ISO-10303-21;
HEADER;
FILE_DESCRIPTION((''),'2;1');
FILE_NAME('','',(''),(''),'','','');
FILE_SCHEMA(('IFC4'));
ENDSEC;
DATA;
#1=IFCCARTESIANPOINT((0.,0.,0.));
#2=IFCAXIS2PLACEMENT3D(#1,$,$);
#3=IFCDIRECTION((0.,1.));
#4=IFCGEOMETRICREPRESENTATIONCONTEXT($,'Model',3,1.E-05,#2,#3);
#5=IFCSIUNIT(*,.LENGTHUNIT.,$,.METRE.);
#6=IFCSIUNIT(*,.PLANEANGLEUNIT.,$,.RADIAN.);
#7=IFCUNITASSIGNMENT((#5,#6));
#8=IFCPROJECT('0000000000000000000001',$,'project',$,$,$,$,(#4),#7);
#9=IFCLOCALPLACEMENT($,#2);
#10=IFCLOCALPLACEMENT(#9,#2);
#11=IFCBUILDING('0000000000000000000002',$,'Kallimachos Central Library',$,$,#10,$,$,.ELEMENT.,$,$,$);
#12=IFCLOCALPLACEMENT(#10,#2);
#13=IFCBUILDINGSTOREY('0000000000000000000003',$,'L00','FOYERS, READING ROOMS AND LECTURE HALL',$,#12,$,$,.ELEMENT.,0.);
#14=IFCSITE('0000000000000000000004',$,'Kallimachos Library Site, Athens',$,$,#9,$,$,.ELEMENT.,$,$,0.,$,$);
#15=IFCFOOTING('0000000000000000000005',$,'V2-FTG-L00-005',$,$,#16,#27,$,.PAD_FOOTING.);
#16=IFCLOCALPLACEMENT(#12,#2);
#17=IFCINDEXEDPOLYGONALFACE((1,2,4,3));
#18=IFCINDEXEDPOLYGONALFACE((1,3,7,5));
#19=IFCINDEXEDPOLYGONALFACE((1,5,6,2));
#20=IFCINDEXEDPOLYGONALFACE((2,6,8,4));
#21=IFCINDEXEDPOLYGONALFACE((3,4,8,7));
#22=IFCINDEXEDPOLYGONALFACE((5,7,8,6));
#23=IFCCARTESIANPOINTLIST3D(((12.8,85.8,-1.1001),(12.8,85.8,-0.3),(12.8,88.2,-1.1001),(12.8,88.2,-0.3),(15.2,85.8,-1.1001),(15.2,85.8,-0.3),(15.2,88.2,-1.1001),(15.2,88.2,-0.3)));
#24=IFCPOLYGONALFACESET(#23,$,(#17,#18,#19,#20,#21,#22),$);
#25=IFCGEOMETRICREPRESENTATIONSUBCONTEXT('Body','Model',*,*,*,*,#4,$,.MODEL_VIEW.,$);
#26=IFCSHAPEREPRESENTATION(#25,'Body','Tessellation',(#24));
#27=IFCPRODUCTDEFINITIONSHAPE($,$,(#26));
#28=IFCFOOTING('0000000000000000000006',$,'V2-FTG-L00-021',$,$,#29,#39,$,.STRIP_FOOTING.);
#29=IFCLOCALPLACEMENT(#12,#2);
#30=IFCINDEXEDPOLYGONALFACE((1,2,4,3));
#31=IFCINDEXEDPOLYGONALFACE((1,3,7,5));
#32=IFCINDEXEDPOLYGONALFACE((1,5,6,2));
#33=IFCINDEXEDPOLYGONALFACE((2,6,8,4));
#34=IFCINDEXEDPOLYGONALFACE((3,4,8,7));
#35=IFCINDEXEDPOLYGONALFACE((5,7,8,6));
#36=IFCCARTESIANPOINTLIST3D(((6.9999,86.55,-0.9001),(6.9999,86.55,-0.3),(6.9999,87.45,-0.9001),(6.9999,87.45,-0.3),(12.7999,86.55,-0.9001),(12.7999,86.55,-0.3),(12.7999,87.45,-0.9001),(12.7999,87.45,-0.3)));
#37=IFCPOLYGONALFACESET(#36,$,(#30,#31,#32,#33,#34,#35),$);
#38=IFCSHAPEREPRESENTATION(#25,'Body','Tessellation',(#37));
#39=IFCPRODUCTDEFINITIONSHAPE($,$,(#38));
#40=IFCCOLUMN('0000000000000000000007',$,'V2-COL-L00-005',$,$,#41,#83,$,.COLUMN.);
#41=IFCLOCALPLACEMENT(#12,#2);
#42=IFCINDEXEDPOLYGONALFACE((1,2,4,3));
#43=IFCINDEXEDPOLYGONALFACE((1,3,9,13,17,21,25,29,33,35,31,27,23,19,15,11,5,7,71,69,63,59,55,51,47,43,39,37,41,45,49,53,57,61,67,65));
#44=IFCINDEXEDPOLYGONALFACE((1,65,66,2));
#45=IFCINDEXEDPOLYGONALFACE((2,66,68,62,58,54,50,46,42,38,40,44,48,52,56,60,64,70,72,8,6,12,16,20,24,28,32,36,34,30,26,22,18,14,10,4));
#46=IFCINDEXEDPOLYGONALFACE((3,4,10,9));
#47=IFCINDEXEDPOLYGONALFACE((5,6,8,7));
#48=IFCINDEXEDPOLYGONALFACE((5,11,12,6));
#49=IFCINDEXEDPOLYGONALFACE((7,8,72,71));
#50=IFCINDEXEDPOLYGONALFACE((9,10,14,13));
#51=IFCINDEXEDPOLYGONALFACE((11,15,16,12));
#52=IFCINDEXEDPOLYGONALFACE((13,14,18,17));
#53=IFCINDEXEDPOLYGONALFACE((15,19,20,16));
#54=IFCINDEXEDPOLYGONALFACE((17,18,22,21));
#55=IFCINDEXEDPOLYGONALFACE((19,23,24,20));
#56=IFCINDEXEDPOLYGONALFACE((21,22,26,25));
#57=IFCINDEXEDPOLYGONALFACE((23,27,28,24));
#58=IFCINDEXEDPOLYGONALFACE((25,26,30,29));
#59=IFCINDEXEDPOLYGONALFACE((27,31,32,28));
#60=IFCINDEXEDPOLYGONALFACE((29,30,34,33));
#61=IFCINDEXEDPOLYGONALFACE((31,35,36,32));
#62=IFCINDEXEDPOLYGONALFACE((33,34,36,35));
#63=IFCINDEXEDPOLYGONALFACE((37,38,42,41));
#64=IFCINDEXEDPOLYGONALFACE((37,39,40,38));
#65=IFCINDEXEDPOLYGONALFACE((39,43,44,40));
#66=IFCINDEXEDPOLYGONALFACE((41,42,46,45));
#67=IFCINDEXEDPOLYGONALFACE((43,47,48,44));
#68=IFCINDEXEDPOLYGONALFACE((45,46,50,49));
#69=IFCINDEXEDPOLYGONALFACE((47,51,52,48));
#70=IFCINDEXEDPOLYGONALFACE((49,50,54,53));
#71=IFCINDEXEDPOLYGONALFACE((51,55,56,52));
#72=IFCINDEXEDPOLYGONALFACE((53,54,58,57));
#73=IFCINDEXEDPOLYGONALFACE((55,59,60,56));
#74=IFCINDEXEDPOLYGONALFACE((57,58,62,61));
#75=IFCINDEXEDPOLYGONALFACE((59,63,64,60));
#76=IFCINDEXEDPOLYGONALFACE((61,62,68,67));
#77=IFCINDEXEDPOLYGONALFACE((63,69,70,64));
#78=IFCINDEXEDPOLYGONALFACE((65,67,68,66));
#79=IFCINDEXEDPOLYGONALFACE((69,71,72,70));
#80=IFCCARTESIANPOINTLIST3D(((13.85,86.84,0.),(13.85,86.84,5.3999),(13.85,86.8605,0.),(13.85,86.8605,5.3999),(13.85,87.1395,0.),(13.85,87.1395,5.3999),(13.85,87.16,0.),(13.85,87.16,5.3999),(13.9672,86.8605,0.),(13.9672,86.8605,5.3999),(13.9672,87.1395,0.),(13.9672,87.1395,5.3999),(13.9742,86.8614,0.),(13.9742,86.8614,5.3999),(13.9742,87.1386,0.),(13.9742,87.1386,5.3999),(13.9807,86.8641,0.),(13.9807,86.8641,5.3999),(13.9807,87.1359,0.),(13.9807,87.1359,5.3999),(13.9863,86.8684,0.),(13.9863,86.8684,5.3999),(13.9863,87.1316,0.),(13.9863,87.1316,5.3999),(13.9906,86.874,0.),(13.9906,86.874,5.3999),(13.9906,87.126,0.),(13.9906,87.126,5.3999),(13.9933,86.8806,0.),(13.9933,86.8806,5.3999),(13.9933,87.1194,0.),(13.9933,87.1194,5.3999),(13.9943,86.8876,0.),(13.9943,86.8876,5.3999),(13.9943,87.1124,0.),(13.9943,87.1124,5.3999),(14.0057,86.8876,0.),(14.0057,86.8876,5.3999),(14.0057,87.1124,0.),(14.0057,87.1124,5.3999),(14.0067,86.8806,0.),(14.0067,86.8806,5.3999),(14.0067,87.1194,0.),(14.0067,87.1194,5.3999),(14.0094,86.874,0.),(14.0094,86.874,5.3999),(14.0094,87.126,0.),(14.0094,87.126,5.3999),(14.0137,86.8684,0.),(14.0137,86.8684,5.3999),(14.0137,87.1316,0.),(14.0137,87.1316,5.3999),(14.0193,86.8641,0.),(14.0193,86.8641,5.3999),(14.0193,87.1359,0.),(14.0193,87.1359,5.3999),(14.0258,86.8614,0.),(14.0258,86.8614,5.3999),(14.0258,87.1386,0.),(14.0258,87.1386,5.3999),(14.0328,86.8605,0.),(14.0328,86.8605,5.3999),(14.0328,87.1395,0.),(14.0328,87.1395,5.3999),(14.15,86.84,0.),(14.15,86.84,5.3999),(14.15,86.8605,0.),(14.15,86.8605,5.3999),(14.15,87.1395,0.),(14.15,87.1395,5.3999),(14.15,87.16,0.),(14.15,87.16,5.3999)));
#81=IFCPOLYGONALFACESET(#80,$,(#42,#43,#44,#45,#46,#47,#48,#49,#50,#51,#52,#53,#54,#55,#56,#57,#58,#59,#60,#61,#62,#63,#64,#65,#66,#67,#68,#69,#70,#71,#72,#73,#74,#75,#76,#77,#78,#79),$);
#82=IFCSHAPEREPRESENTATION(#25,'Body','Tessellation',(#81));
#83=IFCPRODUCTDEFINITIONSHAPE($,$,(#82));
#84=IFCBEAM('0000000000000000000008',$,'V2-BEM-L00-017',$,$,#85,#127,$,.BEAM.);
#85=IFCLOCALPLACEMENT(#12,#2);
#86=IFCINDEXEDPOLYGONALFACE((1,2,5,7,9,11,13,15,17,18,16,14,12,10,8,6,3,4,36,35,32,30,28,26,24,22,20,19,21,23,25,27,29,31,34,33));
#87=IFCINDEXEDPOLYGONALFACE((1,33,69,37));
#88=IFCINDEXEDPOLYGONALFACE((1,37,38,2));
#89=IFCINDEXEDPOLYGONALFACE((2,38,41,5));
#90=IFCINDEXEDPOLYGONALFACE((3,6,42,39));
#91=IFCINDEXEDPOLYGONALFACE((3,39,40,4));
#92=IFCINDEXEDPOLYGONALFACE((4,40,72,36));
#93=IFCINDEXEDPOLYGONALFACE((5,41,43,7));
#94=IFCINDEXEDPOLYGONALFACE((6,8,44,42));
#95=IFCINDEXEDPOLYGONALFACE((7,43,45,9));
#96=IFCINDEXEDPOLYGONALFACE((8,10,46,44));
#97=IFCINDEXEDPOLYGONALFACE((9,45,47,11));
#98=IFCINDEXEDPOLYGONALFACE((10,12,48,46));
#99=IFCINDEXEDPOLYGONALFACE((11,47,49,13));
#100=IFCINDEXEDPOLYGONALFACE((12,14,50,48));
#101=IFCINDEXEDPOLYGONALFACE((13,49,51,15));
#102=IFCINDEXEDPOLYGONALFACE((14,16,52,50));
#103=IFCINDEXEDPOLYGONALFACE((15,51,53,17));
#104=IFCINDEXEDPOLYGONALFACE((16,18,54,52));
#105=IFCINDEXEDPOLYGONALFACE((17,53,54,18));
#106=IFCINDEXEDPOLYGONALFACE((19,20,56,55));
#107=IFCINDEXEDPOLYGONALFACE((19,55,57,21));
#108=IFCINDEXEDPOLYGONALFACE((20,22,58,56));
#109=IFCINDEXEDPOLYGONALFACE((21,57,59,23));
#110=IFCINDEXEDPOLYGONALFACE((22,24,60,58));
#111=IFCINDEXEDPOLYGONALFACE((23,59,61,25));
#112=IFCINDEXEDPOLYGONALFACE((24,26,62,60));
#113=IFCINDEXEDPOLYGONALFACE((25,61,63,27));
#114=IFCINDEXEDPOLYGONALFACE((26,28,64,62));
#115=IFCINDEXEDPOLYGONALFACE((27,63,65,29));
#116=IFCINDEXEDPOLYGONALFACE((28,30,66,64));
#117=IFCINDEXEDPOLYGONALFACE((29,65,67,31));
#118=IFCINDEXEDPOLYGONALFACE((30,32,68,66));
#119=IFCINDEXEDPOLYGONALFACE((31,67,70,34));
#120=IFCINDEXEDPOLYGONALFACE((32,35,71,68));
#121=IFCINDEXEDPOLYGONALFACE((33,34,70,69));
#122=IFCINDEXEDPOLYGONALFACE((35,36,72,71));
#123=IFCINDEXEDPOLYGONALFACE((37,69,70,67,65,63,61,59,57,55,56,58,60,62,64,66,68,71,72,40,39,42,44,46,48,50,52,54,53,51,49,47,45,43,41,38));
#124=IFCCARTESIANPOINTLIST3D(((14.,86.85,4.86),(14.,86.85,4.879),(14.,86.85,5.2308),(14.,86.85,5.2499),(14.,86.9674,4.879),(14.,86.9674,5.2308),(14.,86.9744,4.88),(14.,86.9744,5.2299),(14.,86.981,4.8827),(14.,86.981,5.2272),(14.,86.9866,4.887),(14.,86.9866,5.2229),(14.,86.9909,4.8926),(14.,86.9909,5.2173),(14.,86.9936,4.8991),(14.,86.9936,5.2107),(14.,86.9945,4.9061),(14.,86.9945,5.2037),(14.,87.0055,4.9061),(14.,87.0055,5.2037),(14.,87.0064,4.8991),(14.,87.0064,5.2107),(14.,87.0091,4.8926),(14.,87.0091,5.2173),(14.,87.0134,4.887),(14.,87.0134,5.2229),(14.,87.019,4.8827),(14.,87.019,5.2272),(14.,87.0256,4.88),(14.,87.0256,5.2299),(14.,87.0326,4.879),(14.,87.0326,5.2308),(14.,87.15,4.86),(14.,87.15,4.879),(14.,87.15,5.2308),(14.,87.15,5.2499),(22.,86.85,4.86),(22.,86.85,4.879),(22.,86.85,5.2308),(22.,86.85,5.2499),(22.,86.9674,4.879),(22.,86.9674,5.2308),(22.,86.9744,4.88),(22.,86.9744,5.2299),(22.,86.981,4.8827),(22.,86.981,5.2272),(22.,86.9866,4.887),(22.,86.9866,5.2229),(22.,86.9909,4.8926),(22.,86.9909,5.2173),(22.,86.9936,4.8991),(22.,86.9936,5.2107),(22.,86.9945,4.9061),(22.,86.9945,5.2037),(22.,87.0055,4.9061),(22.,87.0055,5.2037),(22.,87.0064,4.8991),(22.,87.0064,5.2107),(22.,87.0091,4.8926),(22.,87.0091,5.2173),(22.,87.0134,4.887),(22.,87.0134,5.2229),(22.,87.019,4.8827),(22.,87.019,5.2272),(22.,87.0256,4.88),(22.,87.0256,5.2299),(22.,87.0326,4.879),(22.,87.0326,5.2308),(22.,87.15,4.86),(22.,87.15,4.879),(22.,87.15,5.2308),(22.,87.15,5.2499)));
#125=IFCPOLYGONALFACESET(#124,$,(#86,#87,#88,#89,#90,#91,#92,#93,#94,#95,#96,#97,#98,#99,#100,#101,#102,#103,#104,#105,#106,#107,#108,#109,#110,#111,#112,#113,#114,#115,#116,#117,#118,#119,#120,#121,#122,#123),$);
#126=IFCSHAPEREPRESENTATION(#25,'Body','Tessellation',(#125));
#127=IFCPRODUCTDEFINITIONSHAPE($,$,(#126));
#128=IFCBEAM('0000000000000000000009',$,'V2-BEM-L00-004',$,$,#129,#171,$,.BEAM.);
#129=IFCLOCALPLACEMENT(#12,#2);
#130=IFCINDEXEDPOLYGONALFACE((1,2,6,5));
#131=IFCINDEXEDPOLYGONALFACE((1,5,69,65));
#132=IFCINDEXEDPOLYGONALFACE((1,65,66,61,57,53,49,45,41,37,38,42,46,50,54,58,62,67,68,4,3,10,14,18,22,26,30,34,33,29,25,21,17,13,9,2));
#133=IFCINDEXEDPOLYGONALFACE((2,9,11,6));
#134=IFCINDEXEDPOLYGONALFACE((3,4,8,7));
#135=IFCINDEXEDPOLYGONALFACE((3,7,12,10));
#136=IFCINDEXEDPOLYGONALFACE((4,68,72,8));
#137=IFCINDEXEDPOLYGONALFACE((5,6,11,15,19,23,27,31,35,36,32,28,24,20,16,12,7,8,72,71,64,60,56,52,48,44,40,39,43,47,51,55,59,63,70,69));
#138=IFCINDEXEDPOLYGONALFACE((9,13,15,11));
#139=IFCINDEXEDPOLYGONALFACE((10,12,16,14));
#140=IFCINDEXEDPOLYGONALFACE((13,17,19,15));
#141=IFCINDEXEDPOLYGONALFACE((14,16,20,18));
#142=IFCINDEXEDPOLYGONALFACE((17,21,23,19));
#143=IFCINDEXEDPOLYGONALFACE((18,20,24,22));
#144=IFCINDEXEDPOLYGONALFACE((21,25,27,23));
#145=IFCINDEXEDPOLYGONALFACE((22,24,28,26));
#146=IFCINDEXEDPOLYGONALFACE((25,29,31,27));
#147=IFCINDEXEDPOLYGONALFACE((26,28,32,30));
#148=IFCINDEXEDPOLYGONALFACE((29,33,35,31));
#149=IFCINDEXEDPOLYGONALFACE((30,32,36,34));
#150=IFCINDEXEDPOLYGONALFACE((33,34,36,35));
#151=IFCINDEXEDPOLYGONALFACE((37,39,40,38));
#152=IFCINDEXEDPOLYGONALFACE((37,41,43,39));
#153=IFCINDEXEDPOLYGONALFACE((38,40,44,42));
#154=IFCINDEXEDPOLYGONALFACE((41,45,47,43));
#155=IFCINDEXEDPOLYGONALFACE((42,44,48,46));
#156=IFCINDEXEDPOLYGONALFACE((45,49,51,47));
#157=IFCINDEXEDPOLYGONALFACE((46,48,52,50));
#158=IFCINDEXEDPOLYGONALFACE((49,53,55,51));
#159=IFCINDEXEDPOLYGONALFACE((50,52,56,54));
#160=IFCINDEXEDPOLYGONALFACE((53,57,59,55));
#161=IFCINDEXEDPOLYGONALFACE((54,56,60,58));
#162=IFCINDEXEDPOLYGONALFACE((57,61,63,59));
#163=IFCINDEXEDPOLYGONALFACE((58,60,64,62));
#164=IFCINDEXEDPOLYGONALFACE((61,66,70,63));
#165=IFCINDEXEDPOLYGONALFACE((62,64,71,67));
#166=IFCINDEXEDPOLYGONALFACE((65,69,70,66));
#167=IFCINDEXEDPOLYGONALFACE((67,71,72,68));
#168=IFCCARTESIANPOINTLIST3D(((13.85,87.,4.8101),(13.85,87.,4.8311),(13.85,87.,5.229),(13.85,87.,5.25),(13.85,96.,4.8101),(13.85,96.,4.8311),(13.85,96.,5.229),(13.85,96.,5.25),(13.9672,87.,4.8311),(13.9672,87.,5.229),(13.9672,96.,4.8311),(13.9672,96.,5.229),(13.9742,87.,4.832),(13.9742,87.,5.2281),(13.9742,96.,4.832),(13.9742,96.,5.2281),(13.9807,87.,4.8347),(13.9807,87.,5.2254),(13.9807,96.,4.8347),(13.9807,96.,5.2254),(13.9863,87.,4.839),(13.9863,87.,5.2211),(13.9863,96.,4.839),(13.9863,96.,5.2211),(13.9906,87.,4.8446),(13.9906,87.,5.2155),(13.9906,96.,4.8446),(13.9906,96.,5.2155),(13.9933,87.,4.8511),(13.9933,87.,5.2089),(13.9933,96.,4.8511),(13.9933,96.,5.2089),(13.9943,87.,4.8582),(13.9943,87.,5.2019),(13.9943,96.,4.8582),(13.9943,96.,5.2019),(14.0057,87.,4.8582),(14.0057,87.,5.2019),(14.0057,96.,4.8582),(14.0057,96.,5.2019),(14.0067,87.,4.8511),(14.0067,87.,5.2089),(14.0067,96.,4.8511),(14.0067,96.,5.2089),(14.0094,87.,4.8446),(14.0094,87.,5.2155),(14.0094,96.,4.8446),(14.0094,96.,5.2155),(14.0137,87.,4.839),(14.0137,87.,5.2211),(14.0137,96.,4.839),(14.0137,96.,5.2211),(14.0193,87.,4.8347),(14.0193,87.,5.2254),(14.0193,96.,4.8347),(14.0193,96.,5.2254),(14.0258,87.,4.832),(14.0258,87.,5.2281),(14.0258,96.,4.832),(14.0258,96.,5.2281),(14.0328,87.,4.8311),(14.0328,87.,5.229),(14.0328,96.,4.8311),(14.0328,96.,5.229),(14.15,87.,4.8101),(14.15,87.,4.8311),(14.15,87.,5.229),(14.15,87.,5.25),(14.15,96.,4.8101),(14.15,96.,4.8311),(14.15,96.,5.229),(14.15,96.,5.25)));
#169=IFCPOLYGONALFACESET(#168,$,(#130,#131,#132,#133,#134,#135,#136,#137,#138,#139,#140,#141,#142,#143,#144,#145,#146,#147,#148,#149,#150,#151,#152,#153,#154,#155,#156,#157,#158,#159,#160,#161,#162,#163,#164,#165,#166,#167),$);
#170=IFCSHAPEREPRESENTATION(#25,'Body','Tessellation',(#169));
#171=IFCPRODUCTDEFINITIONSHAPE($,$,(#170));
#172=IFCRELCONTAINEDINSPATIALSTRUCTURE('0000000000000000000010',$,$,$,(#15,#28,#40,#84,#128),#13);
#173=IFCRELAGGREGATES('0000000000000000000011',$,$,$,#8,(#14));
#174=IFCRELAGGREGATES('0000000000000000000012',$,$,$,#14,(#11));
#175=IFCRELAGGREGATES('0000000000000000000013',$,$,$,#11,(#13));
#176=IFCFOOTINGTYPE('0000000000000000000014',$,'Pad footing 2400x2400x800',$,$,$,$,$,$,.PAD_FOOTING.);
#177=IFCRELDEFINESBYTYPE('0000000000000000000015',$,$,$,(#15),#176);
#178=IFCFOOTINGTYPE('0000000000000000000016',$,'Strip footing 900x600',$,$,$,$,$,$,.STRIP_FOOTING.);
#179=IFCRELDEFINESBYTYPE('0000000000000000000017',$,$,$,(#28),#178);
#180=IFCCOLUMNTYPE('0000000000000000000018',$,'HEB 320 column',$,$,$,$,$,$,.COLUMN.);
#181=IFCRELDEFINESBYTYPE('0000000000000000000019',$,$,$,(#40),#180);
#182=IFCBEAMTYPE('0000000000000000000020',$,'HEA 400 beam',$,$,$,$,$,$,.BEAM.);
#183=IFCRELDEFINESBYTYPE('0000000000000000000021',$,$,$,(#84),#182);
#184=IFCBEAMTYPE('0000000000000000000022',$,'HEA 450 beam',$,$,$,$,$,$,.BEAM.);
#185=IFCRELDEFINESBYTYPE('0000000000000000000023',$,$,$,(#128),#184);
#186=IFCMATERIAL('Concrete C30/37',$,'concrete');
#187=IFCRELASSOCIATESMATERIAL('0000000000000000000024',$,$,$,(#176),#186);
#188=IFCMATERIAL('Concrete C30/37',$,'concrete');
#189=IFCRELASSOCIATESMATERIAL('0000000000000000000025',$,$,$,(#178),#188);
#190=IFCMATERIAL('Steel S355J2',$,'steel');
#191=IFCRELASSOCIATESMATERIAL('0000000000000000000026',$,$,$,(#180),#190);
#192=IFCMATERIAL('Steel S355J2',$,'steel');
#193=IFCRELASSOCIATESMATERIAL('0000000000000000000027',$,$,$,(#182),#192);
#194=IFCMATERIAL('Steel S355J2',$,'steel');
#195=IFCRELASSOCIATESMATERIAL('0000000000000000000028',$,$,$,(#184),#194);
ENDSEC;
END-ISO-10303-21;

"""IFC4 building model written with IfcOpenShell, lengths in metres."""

from ifc_helpers import new_model, si_unit, direction, frame, origin, origin_2d, place, context, subcontext, project, spatial, rectangle, i_section, extrude, material, material_profile, profile_set, type_object, element, save


model = new_model("IFC4")

# Units and contexts
model_context = context("Model", 3, precision=1e-05, world=origin(), true_north=direction((0.0, 1.0)))
body_context = subcontext(model_context, "Body", "Model", "MODEL_VIEW")
ifc_project = project(units=[si_unit("LENGTHUNIT", "METRE"), si_unit("PLANEANGLEUNIT", "RADIAN")], contexts=[model_context])

# Site, building, storey
site_placement = place(None, origin())
site = spatial("IfcSite", under=ifc_project, at=site_placement, Name="Kallimachos Library Site, Athens", CompositionType="ELEMENT", RefElevation=0.0)
building_placement = place(site_placement, origin())
building = spatial("IfcBuilding", under=site, at=building_placement, Name="Kallimachos Central Library", CompositionType="ELEMENT")
storey_placement = place(building_placement, origin())
storey = spatial("IfcBuildingStorey", under=building, at=storey_placement, Name="L00", Description="FOYERS, READING ROOMS AND LECTURE HALL", CompositionType="ELEMENT", Elevation=0.0)

# Footings
ifc_material_1 = material(Name="Concrete C30/37", Category="concrete")
footing_type_1 = type_object("IfcFootingType", Name="Pad footing 2400x2400x800", PredefinedType="PAD_FOOTING", material=ifc_material_1)
footing_1_placement = place(storey_placement, frame((14.0, 87.0, -1.1001), z_axis=(0.0, 0.0, 1.0), x_axis=(1.0, 0.0, 0.0)))
element("IfcFooting", 1, at=footing_1_placement, inside=storey, type_object=footing_type_1, Name="V2-FTG-L00-005", PredefinedType="PAD_FOOTING", context=body_context, shape_type="SweptSolid", body=[
    extrude(rectangle(XDim=2.3999, YDim=2.3999, at=origin_2d()), origin(), (0.0, 0.0, 1.0), 0.8),
])
ifc_material_2 = material(Name="Concrete C30/37", Category="concrete")
footing_type_2 = type_object("IfcFootingType", Name="Strip footing 900x600", PredefinedType="STRIP_FOOTING", material=ifc_material_2)
footing_2_placement = place(storey_placement, frame((9.8999, 87.0, -0.9001), z_axis=(0.0, 0.0, 1.0), x_axis=(1.0, 0.0, 0.0)))
element("IfcFooting", 2, at=footing_2_placement, inside=storey, type_object=footing_type_2, Name="V2-FTG-L00-021", PredefinedType="STRIP_FOOTING", context=body_context, shape_type="SweptSolid", body=[
    extrude(rectangle(XDim=5.8, YDim=0.8999, at=origin_2d()), origin(), (0.0, 0.0, 1.0), 0.6001),
])

# Column
ifc_material_3 = material(Name="Steel S355J2", Category="steel")
ifc_material_profile_1 = material_profile(ifc_material_3, i_section(OverallWidth=0.3, OverallDepth=0.3201, WebThickness=0.0115, FlangeThickness=0.0205, FilletRadius=0.0271, at=origin_2d()), Name="HEB 320")
ifc_profile_set_1 = profile_set([ifc_material_profile_1], Name="Steel S355J2")
column_type = type_object("IfcColumnType", Name="HEB 320 column", PredefinedType="COLUMN", material=ifc_profile_set_1)
column_placement = place(storey_placement, frame((14.0, 87.0, 0.0), z_axis=(0.0, 0.0, 1.0), x_axis=(1.0, 0.0, 0.0)))
element("IfcColumn", 3, at=column_placement, inside=storey, type_object=column_type, Name="V2-COL-L00-005", PredefinedType="COLUMN", context=body_context, shape_type="SweptSolid", body=[
    extrude(i_section(OverallWidth=0.3, OverallDepth=0.3201, WebThickness=0.0115, FlangeThickness=0.0205, FilletRadius=0.0271, at=origin_2d()), origin(), (0.0, 0.0, 1.0), 5.3999),
])

# Beams
ifc_material_4 = material(Name="Steel S355J2", Category="steel")
ifc_material_profile_2 = material_profile(ifc_material_4, i_section(OverallWidth=0.3, OverallDepth=0.3899, WebThickness=0.011, FlangeThickness=0.019, FilletRadius=0.0271, at=origin_2d()), Name="HEA 400")
ifc_profile_set_2 = profile_set([ifc_material_profile_2], Name="Steel S355J2")
beam_type_1 = type_object("IfcBeamType", Name="HEA 400 beam", PredefinedType="BEAM", material=ifc_profile_set_2)
beam_1_placement = place(storey_placement, frame((14.0, 87.0, 5.0549), z_axis=(1.0, 0.0, 0.0), x_axis=(0.0, 1.0, 0.0)))
element("IfcBeam", 4, at=beam_1_placement, inside=storey, type_object=beam_type_1, Name="V2-BEM-L00-017", PredefinedType="BEAM", context=body_context, shape_type="SweptSolid", body=[
    extrude(i_section(OverallWidth=0.3, OverallDepth=0.3899, WebThickness=0.011, FlangeThickness=0.019, FilletRadius=0.0271, at=origin_2d()), origin(), (0.0, 0.0, 1.0), 8.0),
])
ifc_material_5 = material(Name="Steel S355J2", Category="steel")
ifc_material_profile_3 = material_profile(ifc_material_5, i_section(OverallWidth=0.3, OverallDepth=0.4399, WebThickness=0.0115, FlangeThickness=0.021, FilletRadius=0.0271, at=origin_2d()), Name="HEA 450")
ifc_profile_set_3 = profile_set([ifc_material_profile_3], Name="Steel S355J2")
beam_type_2 = type_object("IfcBeamType", Name="HEA 450 beam", PredefinedType="BEAM", material=ifc_profile_set_3)
beam_2_placement = place(storey_placement, frame((14.0, 87.0, 5.03), z_axis=(0.0, 1.0, 0.0), x_axis=(-1.0, 0.0, 0.0)))
element("IfcBeam", 5, at=beam_2_placement, inside=storey, type_object=beam_type_2, Name="V2-BEM-L00-004", PredefinedType="BEAM", context=body_context, shape_type="SweptSolid", body=[
    extrude(i_section(OverallWidth=0.3, OverallDepth=0.4399, WebThickness=0.0115, FlangeThickness=0.021, FilletRadius=0.0271, at=origin_2d()), origin(), (0.0, 0.0, 1.0), 9.0),
])

save(model, "model.ifc")
